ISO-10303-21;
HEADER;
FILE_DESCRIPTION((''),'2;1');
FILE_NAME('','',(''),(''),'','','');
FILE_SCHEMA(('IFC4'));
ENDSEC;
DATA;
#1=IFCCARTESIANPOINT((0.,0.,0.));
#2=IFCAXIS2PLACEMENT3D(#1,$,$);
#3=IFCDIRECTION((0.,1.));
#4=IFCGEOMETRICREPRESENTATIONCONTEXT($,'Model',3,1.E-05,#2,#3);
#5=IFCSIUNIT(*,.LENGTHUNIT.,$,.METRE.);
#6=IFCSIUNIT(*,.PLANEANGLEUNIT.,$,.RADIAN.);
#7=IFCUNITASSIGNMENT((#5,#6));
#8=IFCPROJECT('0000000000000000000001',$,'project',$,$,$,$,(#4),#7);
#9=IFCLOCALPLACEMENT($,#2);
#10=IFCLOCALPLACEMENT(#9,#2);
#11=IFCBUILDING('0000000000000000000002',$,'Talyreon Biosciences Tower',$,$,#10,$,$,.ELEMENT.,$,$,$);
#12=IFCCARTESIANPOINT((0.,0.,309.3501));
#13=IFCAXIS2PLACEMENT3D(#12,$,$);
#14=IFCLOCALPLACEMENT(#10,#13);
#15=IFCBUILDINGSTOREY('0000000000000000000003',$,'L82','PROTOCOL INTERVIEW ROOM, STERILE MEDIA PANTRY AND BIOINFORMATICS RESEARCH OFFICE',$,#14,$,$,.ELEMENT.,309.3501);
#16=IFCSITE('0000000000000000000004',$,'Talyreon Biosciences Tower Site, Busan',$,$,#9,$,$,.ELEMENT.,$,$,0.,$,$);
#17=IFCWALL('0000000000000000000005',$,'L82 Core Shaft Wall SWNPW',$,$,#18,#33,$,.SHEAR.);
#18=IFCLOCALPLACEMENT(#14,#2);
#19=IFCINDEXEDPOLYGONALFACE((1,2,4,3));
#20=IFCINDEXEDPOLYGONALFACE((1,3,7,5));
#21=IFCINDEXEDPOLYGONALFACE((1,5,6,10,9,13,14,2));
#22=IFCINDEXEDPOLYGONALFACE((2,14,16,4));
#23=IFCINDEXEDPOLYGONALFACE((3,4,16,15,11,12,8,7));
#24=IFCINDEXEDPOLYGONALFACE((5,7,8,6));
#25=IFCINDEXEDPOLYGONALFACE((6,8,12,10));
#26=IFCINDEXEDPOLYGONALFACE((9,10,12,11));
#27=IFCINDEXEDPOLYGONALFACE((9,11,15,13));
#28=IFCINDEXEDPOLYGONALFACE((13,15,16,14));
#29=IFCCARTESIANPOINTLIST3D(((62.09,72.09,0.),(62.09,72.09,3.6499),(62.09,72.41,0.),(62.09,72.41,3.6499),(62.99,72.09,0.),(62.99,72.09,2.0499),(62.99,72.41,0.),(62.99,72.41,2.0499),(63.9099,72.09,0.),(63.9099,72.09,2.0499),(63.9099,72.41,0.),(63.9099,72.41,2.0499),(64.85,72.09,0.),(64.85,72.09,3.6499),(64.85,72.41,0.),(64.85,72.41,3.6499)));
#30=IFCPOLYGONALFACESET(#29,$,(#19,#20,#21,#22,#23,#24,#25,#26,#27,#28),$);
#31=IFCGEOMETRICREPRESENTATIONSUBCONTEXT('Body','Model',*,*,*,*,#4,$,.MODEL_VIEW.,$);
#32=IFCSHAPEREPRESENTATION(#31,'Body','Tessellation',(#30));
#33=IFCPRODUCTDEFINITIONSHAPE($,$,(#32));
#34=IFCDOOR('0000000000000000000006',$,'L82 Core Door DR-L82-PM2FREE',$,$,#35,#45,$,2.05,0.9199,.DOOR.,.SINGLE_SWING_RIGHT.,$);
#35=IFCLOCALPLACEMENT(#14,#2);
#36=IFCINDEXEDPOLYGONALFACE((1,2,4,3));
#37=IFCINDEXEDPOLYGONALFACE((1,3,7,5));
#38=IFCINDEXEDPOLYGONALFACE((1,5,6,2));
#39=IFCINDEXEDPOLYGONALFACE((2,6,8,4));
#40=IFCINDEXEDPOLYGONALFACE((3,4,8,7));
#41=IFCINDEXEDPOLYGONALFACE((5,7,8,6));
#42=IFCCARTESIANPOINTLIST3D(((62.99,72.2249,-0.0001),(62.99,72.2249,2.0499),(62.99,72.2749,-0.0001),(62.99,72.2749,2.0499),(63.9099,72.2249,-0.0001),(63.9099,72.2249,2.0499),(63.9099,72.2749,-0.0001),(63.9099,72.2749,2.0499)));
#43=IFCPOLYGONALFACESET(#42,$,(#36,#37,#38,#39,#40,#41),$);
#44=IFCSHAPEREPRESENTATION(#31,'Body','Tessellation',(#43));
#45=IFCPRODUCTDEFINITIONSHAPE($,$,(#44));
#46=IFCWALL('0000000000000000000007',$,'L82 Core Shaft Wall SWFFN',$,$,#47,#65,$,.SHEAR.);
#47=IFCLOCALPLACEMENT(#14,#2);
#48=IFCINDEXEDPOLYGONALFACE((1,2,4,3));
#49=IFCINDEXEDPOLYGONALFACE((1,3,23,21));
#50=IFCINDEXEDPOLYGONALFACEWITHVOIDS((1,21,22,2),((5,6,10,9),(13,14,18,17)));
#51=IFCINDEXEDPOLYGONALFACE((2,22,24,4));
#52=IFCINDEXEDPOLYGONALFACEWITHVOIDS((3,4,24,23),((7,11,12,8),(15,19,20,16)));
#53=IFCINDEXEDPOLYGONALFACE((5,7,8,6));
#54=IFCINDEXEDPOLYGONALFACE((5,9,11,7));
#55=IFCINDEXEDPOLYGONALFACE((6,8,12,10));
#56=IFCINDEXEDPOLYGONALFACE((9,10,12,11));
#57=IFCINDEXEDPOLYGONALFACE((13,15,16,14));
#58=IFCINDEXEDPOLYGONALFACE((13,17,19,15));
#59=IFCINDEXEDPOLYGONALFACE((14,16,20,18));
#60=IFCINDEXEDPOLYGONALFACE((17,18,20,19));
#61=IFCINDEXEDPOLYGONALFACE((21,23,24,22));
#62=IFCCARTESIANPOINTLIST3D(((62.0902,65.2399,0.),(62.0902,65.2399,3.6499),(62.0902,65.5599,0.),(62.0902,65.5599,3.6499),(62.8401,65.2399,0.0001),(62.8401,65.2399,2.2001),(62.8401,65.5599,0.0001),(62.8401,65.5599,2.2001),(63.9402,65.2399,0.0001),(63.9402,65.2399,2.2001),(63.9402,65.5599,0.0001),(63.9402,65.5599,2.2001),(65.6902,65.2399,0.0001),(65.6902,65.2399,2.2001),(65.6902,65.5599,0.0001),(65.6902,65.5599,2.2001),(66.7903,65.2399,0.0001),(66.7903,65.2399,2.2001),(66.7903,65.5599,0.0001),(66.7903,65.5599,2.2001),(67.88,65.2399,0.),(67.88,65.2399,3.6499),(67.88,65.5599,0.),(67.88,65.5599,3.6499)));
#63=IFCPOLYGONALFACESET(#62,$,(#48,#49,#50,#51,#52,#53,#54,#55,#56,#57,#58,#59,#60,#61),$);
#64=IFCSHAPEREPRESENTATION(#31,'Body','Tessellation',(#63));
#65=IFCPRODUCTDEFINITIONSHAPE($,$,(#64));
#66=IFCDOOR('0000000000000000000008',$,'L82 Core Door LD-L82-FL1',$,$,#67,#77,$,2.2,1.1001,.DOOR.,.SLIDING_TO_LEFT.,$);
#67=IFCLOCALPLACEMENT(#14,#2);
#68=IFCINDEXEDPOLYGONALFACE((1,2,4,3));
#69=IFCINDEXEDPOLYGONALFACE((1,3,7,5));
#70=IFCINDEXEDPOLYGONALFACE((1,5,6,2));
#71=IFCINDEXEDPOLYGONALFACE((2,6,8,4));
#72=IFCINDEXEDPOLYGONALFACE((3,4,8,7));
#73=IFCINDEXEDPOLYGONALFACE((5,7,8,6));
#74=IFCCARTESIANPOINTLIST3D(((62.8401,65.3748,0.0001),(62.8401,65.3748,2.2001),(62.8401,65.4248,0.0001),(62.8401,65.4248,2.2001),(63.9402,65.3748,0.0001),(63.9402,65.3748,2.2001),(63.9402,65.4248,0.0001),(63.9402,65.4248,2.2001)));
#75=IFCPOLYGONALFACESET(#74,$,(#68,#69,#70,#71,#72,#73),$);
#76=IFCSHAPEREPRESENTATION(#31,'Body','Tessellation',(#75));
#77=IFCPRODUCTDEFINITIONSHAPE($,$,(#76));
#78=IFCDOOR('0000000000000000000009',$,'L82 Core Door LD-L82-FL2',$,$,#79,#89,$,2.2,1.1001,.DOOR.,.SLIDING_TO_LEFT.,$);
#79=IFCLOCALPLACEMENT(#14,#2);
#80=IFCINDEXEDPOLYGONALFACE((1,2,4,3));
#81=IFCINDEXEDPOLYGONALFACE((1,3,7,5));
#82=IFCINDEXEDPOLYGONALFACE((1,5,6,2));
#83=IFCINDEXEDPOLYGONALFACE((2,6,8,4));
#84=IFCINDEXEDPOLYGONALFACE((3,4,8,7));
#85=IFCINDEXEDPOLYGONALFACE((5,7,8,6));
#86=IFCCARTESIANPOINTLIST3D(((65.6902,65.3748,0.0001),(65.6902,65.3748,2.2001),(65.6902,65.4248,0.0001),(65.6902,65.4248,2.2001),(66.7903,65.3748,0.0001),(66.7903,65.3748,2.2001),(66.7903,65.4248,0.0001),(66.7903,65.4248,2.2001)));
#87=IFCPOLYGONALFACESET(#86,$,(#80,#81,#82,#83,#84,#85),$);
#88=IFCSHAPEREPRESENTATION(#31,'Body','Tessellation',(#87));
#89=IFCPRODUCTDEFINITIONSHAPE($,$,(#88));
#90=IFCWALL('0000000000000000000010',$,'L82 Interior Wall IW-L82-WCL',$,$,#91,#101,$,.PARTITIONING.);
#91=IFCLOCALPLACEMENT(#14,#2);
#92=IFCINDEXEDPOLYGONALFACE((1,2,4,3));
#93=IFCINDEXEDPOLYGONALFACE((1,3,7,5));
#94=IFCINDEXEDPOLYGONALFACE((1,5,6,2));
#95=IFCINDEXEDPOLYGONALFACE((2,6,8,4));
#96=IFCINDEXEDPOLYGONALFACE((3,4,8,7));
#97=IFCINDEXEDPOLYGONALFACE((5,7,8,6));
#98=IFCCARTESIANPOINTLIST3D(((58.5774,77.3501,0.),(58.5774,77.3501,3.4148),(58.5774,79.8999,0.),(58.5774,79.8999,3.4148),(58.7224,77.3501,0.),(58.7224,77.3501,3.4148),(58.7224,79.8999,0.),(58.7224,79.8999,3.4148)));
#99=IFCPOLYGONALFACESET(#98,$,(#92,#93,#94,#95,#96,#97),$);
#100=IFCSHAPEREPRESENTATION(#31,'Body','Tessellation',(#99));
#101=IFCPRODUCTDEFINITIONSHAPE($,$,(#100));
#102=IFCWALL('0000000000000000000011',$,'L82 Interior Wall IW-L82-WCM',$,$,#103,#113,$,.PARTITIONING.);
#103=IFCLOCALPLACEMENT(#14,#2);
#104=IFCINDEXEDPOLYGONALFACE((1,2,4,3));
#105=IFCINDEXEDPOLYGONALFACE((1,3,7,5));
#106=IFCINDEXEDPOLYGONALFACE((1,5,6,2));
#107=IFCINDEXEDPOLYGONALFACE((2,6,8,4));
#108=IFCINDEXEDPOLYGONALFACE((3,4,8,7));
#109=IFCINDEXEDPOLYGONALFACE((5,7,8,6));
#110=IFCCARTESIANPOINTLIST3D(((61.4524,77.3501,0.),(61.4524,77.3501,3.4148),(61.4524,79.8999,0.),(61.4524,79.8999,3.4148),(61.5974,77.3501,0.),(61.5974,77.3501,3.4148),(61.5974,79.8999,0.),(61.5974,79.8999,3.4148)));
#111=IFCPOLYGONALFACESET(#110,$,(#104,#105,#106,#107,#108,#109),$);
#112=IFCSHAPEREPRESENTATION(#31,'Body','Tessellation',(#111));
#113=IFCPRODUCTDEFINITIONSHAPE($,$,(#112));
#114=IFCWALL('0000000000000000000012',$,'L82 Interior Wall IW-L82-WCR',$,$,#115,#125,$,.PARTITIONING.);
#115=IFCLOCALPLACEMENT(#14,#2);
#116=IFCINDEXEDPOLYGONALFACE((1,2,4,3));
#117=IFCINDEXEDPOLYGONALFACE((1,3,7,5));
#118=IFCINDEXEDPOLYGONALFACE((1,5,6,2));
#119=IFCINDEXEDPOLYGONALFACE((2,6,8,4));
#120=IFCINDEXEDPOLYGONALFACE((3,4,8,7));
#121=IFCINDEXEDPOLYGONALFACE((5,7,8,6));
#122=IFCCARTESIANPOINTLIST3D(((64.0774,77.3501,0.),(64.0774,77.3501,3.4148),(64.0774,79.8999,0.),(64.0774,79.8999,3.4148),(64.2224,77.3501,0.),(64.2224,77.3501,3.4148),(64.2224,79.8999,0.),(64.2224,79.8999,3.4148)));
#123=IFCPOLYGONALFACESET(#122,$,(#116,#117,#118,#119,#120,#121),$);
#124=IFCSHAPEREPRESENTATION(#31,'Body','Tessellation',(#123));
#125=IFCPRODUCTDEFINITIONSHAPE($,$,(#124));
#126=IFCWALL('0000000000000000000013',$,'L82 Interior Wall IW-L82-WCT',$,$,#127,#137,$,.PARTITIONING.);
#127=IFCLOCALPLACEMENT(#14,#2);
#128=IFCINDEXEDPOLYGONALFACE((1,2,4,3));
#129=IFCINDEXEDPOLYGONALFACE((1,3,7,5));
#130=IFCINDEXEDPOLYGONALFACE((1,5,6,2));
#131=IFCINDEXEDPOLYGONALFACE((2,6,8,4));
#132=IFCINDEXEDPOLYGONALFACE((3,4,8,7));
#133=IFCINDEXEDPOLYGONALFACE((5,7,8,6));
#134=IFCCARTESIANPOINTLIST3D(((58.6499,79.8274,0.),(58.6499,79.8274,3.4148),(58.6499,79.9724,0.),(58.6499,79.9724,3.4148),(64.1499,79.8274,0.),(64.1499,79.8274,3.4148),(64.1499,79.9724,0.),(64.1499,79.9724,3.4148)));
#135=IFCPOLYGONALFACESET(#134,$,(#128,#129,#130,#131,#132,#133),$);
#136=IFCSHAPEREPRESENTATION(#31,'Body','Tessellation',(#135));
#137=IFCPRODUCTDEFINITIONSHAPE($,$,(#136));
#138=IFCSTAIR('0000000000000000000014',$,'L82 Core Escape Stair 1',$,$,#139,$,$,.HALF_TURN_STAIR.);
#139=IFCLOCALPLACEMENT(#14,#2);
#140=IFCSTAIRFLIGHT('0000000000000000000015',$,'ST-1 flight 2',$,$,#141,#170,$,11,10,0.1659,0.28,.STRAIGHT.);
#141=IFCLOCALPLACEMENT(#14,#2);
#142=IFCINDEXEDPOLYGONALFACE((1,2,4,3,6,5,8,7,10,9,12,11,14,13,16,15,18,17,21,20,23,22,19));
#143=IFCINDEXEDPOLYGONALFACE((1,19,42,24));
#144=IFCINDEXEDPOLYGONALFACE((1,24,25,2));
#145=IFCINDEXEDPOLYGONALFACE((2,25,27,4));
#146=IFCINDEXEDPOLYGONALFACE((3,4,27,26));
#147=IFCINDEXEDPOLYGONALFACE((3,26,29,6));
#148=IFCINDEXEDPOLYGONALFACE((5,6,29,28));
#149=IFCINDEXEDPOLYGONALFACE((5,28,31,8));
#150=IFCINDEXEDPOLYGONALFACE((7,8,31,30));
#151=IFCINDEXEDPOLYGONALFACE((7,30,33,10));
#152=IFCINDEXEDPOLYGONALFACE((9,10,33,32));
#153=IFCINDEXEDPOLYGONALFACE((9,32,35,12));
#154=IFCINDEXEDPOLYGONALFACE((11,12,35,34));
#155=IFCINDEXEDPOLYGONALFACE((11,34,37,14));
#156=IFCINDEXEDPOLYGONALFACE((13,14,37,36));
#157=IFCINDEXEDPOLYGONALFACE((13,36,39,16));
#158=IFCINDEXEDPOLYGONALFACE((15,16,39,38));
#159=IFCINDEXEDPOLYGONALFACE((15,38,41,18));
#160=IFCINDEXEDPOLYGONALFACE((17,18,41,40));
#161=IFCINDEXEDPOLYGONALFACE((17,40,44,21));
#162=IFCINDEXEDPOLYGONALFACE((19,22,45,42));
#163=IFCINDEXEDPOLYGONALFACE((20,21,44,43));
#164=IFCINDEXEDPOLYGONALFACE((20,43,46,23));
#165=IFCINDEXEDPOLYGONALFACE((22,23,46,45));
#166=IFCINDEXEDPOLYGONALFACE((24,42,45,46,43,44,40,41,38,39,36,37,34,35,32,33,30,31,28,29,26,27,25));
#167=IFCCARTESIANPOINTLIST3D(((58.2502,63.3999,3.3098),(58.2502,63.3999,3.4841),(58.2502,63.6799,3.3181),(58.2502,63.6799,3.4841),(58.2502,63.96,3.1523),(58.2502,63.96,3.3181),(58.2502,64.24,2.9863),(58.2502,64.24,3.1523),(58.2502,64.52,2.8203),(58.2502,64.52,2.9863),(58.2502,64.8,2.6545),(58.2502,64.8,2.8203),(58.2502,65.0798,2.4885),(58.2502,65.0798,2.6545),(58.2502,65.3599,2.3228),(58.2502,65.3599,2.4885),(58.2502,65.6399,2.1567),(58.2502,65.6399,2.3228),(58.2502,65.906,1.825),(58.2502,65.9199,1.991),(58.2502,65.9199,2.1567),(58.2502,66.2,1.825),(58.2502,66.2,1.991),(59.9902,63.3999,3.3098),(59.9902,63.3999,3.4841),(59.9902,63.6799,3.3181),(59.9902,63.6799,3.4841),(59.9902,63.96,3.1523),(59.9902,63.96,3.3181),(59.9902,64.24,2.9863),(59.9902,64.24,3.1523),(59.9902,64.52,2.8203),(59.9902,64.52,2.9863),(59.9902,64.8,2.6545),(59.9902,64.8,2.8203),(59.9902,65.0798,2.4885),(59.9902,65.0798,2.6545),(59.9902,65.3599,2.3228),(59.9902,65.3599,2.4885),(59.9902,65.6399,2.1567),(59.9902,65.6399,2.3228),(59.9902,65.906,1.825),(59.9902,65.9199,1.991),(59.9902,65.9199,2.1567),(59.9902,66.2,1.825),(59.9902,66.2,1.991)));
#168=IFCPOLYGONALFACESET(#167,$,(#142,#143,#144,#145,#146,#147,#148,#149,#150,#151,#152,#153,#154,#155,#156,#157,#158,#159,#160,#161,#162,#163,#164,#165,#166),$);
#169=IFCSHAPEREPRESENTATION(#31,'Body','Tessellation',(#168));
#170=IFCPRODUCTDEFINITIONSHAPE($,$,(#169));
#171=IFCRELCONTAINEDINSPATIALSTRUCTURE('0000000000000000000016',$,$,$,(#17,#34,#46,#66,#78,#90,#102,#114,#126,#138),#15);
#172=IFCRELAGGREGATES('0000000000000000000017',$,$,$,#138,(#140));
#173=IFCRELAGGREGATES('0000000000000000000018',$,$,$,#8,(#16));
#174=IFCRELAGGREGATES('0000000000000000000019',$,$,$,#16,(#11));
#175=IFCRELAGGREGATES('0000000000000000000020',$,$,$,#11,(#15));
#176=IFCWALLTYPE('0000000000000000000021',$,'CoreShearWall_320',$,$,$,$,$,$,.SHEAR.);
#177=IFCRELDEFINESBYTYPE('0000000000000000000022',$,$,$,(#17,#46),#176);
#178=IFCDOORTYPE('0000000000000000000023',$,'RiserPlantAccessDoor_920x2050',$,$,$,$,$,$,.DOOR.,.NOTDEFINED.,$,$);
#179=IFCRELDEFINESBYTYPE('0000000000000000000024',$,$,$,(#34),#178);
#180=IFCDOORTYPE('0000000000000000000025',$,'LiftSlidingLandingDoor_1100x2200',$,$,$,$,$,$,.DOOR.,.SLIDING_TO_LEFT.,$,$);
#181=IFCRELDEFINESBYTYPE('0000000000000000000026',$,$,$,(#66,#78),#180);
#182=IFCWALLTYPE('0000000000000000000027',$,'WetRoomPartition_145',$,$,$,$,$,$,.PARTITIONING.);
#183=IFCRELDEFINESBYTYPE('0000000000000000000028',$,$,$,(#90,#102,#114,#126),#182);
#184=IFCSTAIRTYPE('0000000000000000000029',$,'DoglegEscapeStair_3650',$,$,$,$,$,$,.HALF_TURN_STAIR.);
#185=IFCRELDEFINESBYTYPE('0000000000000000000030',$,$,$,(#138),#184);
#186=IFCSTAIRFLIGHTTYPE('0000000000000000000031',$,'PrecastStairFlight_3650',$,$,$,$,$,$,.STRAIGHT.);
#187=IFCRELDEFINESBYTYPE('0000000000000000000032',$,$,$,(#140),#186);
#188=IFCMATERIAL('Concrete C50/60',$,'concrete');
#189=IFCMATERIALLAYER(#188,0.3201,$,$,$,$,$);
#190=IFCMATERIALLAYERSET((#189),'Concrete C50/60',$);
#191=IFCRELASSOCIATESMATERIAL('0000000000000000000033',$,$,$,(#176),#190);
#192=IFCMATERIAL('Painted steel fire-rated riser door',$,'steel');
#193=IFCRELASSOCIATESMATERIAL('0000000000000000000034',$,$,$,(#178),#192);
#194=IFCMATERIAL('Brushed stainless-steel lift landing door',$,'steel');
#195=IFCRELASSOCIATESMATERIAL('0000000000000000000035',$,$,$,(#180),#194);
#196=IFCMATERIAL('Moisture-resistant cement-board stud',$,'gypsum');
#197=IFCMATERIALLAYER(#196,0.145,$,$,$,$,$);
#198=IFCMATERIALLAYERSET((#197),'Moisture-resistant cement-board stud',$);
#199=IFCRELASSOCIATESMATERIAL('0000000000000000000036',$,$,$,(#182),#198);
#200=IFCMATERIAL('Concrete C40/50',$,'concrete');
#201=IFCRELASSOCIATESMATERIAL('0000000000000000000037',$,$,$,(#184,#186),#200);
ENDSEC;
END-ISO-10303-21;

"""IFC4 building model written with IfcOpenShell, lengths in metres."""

from ifc_helpers import new_model, si_unit, direction, frame, frame_2d, origin, place, context, subcontext, project, spatial, polyline, rectangle, outline, extrude, material, layer, layer_set, type_object, element, fill, aggregate, save


model = new_model("IFC4")

# Units and contexts
model_context = context("Model", 3, precision=1e-05, world=origin(), true_north=direction((0.0, 1.0)))
body_context = subcontext(model_context, "Body", "Model", "MODEL_VIEW")
ifc_project = project(units=[si_unit("LENGTHUNIT", "METRE"), si_unit("PLANEANGLEUNIT", "RADIAN")], contexts=[model_context])

# Site, building, storey
site_placement = place(None, origin())
site = spatial("IfcSite", under=ifc_project, at=site_placement, Name="Talyreon Biosciences Tower Site, Busan", CompositionType="ELEMENT", RefElevation=0.0)
building_placement = place(site_placement, origin())
building = spatial("IfcBuilding", under=site, at=building_placement, Name="Talyreon Biosciences Tower", CompositionType="ELEMENT")
storey_placement = place(building_placement, frame((0.0, 0.0, 309.3501)))
storey = spatial("IfcBuildingStorey", under=building, at=storey_placement, Name="L82", Description="PROTOCOL INTERVIEW ROOM, STERILE MEDIA PANTRY AND BIOINFORMATICS RESEARCH OFFICE", CompositionType="ELEMENT", Elevation=309.3501)

# Shared definitions
ifc_material_1 = material(Name="Concrete C50/60", Category="concrete")

# Shared definitions
ifc_layer_1 = layer(ifc_material_1, 0.3201)
ifc_layer_set_1 = layer_set([ifc_layer_1], Name="Concrete C50/60")
wall_type_1 = type_object("IfcWallType", Name="CoreShearWall_320", PredefinedType="SHEAR", material=ifc_layer_set_1)

# Wall, opening, door
wall_1_placement = place(storey_placement, frame((62.0901, 72.25, 0.0), z_axis=(0.0, 0.0, 1.0), x_axis=(1.0, 0.0, 0.0)))
wall_1 = element("IfcWall", 1, at=wall_1_placement, inside=storey, type_object=wall_type_1, Name="L82 Core Shaft Wall SWNPW", PredefinedType="SHEAR", context=body_context, shape_type="SweptSolid", body=[
    extrude(rectangle(XDim=2.76, YDim=0.3201, at=frame_2d((1.3799, 0.0))), origin(), (0.0, 0.0, 1.0), 3.6499),
])
opening_1_placement = place(wall_1_placement, frame((0.8999, 0.0, 0.0)))
opening_1 = element("IfcOpeningElement", 2, at=opening_1_placement, cuts=wall_1, PredefinedType="OPENING", context=body_context, shape_type="SweptSolid", body=[
    extrude(rectangle(XDim=0.9199, YDim=2.05, at=frame_2d((0.46, 1.0249))), frame((0.0, 0.1699, 0.0), z_axis=(0.0, -1.0, 0.0), x_axis=(1.0, 0.0, 0.0)), (0.0, 0.0, 1.0), 0.3401),
])
ifc_material_2 = material(Name="Painted steel fire-rated riser door", Category="steel")
door_type_1 = type_object("IfcDoorType", Name="RiserPlantAccessDoor_920x2050", OperationType="NOTDEFINED", PredefinedType="DOOR", material=ifc_material_2)
door_1_placement = place(opening_1_placement, origin())
door_1 = element("IfcDoor", 3, at=door_1_placement, inside=storey, type_object=door_type_1, Name="L82 Core Door DR-L82-PM2FREE", OperationType="SINGLE_SWING_RIGHT", OverallHeight=2.05, OverallWidth=0.9199, PredefinedType="DOOR", context=body_context, shape_type="SweptSolid", body=[
    extrude(rectangle(XDim=0.9199, YDim=2.05, at=frame_2d((0.46, 1.0249))), frame((0.0, 0.0249, 0.0), z_axis=(0.0, -1.0, 0.0), x_axis=(1.0, 0.0, 0.0)), (0.0, 0.0, 1.0), 0.05),
])
fill(opening_1, door_1)

# Wall, openings, doors
wall_2_placement = place(storey_placement, frame((62.0901, 65.3999, 0.0), z_axis=(0.0, 0.0, 1.0), x_axis=(1.0, 0.0, 0.0)))
wall_2 = element("IfcWall", 4, at=wall_2_placement, inside=storey, type_object=wall_type_1, Name="L82 Core Shaft Wall SWFFN", PredefinedType="SHEAR", context=body_context, shape_type="SweptSolid", body=[
    extrude(rectangle(XDim=5.7898, YDim=0.3201, at=frame_2d((2.895, 0.0))), origin(), (0.0, 0.0, 1.0), 3.6499),
])
opening_2_placement = place(wall_2_placement, frame((0.75, 0.0, 0.0)))
opening_2 = element("IfcOpeningElement", 5, at=opening_2_placement, cuts=wall_2, PredefinedType="OPENING", context=body_context, shape_type="SweptSolid", body=[
    extrude(rectangle(XDim=1.1001, YDim=2.2, at=frame_2d((0.55, 1.1001))), frame((0.0, 0.1699, 0.0), z_axis=(0.0, -1.0, 0.0), x_axis=(1.0, 0.0, 0.0)), (0.0, 0.0, 1.0), 0.3401),
])
opening_3_placement = place(wall_2_placement, frame((3.6001, 0.0, 0.0)))
opening_3 = element("IfcOpeningElement", 6, at=opening_3_placement, cuts=wall_2, PredefinedType="OPENING", context=body_context, shape_type="SweptSolid", body=[
    extrude(rectangle(XDim=1.1001, YDim=2.2, at=frame_2d((0.55, 1.1001))), frame((0.0, 0.1699, 0.0), z_axis=(0.0, -1.0, 0.0), x_axis=(1.0, 0.0, 0.0)), (0.0, 0.0, 1.0), 0.3401),
])
ifc_material_3 = material(Name="Brushed stainless-steel lift landing door", Category="steel")
door_type_2 = type_object("IfcDoorType", Name="LiftSlidingLandingDoor_1100x2200", OperationType="SLIDING_TO_LEFT", PredefinedType="DOOR", material=ifc_material_3)
door_2_placement = place(opening_2_placement, origin())
door_2 = element("IfcDoor", 7, at=door_2_placement, inside=storey, type_object=door_type_2, Name="L82 Core Door LD-L82-FL1", OperationType="SLIDING_TO_LEFT", OverallHeight=2.2, OverallWidth=1.1001, PredefinedType="DOOR", context=body_context, shape_type="SweptSolid", body=[
    extrude(rectangle(XDim=1.1001, YDim=2.2, at=frame_2d((0.55, 1.1001))), frame((0.0, 0.0249, 0.0), z_axis=(0.0, -1.0, 0.0), x_axis=(1.0, 0.0, 0.0)), (0.0, 0.0, 1.0), 0.05),
])
fill(opening_2, door_2)
door_3_placement = place(opening_3_placement, origin())
door_3 = element("IfcDoor", 8, at=door_3_placement, inside=storey, type_object=door_type_2, Name="L82 Core Door LD-L82-FL2", OperationType="SLIDING_TO_LEFT", OverallHeight=2.2, OverallWidth=1.1001, PredefinedType="DOOR", context=body_context, shape_type="SweptSolid", body=[
    extrude(rectangle(XDim=1.1001, YDim=2.2, at=frame_2d((0.55, 1.1001))), frame((0.0, 0.0249, 0.0), z_axis=(0.0, -1.0, 0.0), x_axis=(1.0, 0.0, 0.0)), (0.0, 0.0, 1.0), 0.05),
])
fill(opening_3, door_3)

# Walls
ifc_material_4 = material(Name="Moisture-resistant cement-board stud", Category="gypsum")
ifc_layer_2 = layer(ifc_material_4, 0.145)
ifc_layer_set_2 = layer_set([ifc_layer_2], Name="Moisture-resistant cement-board stud")
wall_type_2 = type_object("IfcWallType", Name="WetRoomPartition_145", PredefinedType="PARTITIONING", material=ifc_layer_set_2)
for number, where, z_axis, x_axis, name in (
    (9, (58.6499, 77.3501, 0.0), (0.0, 0.0, 1.0), (0.0, 1.0, 0.0), "L82 Interior Wall IW-L82-WCL"),
    (10, (61.5249, 77.3501, 0.0), (0.0, 0.0, 1.0), (0.0, 1.0, 0.0), "L82 Interior Wall IW-L82-WCM"),
    (11, (64.1499, 77.3501, 0.0), (0.0, 0.0, 1.0), (0.0, 1.0, 0.0), "L82 Interior Wall IW-L82-WCR"),
):
    element("IfcWall", number, at=place(storey_placement, frame(where, z_axis=z_axis, x_axis=x_axis)), inside=storey, type_object=wall_type_2, Name=name, PredefinedType="PARTITIONING", context=body_context, shape_type="SweptSolid", body=[
        extrude(rectangle(XDim=2.5498, YDim=0.145, at=frame_2d((1.2749, 0.0))), origin(), (0.0, 0.0, 1.0), 3.4148),
    ])
wall_3_placement = place(storey_placement, frame((58.6499, 79.8999, 0.0), z_axis=(0.0, 0.0, 1.0), x_axis=(1.0, 0.0, 0.0)))
element("IfcWall", 12, at=wall_3_placement, inside=storey, type_object=wall_type_2, Name="L82 Interior Wall IW-L82-WCT", PredefinedType="PARTITIONING", context=body_context, shape_type="SweptSolid", body=[
    extrude(rectangle(XDim=5.5, YDim=0.145, at=frame_2d((2.75, 0.0))), origin(), (0.0, 0.0, 1.0), 3.4148),
])

# Stair, stair flight
ifc_material_5 = material(Name="Concrete C40/50", Category="concrete")
stair_type = type_object("IfcStairType", Name="DoglegEscapeStair_3650", PredefinedType="HALF_TURN_STAIR", material=ifc_material_5)
stair_placement = place(storey_placement, origin())
stair = element("IfcStair", 13, at=stair_placement, inside=storey, type_object=stair_type, Name="L82 Core Escape Stair 1", PredefinedType="HALF_TURN_STAIR")
stair_flight_type = type_object("IfcStairFlightType", Name="PrecastStairFlight_3650", PredefinedType="STRAIGHT", material=ifc_material_5)
stair_flight_placement = place(storey_placement, frame((59.1201, 66.2, 1.825), z_axis=(0.0, 0.0, 1.0), x_axis=(0.0, -1.0, 0.0)))
stair_flight = element("IfcStairFlight", 14, at=stair_flight_placement, type_object=stair_flight_type, Name="ST-1 flight 2", NumberOfRisers=11, NumberOfTreads=10, PredefinedType="STRAIGHT", RiserHeight=0.1659, TreadLength=0.28, context=body_context, shape_type="SweptSolid", body=[
    extrude(outline(polyline([(0.0, 0.0), (0.0, 0.166), (0.28, 0.166), (0.28, 0.3318), (0.5601, 0.3318), (0.5601, 0.4978), (0.8401, 0.4978), (0.8401, 0.6636), (1.1201, 0.6636), (1.1201, 0.8296), (1.3999, 0.8296), (1.3999, 0.9954), (1.6799, 0.9954), (1.6799, 1.1614), (1.96, 1.1614), (1.96, 1.3274), (2.24, 1.3274), (2.24, 1.4932), (2.52, 1.4932), (2.52, 1.6592), (2.8, 1.6592), (2.8, 1.825), (2.8, 1.4849), (0.2939, 0.0), (0.0, 0.0)])), frame((0.0, 0.8701, 0.0), z_axis=(0.0, -1.0, 0.0), x_axis=(1.0, 0.0, 0.0)), (0.0, 0.0, 1.0), 1.74),
])
aggregate(stair, [stair_flight])

save(model, "model.ifc")
